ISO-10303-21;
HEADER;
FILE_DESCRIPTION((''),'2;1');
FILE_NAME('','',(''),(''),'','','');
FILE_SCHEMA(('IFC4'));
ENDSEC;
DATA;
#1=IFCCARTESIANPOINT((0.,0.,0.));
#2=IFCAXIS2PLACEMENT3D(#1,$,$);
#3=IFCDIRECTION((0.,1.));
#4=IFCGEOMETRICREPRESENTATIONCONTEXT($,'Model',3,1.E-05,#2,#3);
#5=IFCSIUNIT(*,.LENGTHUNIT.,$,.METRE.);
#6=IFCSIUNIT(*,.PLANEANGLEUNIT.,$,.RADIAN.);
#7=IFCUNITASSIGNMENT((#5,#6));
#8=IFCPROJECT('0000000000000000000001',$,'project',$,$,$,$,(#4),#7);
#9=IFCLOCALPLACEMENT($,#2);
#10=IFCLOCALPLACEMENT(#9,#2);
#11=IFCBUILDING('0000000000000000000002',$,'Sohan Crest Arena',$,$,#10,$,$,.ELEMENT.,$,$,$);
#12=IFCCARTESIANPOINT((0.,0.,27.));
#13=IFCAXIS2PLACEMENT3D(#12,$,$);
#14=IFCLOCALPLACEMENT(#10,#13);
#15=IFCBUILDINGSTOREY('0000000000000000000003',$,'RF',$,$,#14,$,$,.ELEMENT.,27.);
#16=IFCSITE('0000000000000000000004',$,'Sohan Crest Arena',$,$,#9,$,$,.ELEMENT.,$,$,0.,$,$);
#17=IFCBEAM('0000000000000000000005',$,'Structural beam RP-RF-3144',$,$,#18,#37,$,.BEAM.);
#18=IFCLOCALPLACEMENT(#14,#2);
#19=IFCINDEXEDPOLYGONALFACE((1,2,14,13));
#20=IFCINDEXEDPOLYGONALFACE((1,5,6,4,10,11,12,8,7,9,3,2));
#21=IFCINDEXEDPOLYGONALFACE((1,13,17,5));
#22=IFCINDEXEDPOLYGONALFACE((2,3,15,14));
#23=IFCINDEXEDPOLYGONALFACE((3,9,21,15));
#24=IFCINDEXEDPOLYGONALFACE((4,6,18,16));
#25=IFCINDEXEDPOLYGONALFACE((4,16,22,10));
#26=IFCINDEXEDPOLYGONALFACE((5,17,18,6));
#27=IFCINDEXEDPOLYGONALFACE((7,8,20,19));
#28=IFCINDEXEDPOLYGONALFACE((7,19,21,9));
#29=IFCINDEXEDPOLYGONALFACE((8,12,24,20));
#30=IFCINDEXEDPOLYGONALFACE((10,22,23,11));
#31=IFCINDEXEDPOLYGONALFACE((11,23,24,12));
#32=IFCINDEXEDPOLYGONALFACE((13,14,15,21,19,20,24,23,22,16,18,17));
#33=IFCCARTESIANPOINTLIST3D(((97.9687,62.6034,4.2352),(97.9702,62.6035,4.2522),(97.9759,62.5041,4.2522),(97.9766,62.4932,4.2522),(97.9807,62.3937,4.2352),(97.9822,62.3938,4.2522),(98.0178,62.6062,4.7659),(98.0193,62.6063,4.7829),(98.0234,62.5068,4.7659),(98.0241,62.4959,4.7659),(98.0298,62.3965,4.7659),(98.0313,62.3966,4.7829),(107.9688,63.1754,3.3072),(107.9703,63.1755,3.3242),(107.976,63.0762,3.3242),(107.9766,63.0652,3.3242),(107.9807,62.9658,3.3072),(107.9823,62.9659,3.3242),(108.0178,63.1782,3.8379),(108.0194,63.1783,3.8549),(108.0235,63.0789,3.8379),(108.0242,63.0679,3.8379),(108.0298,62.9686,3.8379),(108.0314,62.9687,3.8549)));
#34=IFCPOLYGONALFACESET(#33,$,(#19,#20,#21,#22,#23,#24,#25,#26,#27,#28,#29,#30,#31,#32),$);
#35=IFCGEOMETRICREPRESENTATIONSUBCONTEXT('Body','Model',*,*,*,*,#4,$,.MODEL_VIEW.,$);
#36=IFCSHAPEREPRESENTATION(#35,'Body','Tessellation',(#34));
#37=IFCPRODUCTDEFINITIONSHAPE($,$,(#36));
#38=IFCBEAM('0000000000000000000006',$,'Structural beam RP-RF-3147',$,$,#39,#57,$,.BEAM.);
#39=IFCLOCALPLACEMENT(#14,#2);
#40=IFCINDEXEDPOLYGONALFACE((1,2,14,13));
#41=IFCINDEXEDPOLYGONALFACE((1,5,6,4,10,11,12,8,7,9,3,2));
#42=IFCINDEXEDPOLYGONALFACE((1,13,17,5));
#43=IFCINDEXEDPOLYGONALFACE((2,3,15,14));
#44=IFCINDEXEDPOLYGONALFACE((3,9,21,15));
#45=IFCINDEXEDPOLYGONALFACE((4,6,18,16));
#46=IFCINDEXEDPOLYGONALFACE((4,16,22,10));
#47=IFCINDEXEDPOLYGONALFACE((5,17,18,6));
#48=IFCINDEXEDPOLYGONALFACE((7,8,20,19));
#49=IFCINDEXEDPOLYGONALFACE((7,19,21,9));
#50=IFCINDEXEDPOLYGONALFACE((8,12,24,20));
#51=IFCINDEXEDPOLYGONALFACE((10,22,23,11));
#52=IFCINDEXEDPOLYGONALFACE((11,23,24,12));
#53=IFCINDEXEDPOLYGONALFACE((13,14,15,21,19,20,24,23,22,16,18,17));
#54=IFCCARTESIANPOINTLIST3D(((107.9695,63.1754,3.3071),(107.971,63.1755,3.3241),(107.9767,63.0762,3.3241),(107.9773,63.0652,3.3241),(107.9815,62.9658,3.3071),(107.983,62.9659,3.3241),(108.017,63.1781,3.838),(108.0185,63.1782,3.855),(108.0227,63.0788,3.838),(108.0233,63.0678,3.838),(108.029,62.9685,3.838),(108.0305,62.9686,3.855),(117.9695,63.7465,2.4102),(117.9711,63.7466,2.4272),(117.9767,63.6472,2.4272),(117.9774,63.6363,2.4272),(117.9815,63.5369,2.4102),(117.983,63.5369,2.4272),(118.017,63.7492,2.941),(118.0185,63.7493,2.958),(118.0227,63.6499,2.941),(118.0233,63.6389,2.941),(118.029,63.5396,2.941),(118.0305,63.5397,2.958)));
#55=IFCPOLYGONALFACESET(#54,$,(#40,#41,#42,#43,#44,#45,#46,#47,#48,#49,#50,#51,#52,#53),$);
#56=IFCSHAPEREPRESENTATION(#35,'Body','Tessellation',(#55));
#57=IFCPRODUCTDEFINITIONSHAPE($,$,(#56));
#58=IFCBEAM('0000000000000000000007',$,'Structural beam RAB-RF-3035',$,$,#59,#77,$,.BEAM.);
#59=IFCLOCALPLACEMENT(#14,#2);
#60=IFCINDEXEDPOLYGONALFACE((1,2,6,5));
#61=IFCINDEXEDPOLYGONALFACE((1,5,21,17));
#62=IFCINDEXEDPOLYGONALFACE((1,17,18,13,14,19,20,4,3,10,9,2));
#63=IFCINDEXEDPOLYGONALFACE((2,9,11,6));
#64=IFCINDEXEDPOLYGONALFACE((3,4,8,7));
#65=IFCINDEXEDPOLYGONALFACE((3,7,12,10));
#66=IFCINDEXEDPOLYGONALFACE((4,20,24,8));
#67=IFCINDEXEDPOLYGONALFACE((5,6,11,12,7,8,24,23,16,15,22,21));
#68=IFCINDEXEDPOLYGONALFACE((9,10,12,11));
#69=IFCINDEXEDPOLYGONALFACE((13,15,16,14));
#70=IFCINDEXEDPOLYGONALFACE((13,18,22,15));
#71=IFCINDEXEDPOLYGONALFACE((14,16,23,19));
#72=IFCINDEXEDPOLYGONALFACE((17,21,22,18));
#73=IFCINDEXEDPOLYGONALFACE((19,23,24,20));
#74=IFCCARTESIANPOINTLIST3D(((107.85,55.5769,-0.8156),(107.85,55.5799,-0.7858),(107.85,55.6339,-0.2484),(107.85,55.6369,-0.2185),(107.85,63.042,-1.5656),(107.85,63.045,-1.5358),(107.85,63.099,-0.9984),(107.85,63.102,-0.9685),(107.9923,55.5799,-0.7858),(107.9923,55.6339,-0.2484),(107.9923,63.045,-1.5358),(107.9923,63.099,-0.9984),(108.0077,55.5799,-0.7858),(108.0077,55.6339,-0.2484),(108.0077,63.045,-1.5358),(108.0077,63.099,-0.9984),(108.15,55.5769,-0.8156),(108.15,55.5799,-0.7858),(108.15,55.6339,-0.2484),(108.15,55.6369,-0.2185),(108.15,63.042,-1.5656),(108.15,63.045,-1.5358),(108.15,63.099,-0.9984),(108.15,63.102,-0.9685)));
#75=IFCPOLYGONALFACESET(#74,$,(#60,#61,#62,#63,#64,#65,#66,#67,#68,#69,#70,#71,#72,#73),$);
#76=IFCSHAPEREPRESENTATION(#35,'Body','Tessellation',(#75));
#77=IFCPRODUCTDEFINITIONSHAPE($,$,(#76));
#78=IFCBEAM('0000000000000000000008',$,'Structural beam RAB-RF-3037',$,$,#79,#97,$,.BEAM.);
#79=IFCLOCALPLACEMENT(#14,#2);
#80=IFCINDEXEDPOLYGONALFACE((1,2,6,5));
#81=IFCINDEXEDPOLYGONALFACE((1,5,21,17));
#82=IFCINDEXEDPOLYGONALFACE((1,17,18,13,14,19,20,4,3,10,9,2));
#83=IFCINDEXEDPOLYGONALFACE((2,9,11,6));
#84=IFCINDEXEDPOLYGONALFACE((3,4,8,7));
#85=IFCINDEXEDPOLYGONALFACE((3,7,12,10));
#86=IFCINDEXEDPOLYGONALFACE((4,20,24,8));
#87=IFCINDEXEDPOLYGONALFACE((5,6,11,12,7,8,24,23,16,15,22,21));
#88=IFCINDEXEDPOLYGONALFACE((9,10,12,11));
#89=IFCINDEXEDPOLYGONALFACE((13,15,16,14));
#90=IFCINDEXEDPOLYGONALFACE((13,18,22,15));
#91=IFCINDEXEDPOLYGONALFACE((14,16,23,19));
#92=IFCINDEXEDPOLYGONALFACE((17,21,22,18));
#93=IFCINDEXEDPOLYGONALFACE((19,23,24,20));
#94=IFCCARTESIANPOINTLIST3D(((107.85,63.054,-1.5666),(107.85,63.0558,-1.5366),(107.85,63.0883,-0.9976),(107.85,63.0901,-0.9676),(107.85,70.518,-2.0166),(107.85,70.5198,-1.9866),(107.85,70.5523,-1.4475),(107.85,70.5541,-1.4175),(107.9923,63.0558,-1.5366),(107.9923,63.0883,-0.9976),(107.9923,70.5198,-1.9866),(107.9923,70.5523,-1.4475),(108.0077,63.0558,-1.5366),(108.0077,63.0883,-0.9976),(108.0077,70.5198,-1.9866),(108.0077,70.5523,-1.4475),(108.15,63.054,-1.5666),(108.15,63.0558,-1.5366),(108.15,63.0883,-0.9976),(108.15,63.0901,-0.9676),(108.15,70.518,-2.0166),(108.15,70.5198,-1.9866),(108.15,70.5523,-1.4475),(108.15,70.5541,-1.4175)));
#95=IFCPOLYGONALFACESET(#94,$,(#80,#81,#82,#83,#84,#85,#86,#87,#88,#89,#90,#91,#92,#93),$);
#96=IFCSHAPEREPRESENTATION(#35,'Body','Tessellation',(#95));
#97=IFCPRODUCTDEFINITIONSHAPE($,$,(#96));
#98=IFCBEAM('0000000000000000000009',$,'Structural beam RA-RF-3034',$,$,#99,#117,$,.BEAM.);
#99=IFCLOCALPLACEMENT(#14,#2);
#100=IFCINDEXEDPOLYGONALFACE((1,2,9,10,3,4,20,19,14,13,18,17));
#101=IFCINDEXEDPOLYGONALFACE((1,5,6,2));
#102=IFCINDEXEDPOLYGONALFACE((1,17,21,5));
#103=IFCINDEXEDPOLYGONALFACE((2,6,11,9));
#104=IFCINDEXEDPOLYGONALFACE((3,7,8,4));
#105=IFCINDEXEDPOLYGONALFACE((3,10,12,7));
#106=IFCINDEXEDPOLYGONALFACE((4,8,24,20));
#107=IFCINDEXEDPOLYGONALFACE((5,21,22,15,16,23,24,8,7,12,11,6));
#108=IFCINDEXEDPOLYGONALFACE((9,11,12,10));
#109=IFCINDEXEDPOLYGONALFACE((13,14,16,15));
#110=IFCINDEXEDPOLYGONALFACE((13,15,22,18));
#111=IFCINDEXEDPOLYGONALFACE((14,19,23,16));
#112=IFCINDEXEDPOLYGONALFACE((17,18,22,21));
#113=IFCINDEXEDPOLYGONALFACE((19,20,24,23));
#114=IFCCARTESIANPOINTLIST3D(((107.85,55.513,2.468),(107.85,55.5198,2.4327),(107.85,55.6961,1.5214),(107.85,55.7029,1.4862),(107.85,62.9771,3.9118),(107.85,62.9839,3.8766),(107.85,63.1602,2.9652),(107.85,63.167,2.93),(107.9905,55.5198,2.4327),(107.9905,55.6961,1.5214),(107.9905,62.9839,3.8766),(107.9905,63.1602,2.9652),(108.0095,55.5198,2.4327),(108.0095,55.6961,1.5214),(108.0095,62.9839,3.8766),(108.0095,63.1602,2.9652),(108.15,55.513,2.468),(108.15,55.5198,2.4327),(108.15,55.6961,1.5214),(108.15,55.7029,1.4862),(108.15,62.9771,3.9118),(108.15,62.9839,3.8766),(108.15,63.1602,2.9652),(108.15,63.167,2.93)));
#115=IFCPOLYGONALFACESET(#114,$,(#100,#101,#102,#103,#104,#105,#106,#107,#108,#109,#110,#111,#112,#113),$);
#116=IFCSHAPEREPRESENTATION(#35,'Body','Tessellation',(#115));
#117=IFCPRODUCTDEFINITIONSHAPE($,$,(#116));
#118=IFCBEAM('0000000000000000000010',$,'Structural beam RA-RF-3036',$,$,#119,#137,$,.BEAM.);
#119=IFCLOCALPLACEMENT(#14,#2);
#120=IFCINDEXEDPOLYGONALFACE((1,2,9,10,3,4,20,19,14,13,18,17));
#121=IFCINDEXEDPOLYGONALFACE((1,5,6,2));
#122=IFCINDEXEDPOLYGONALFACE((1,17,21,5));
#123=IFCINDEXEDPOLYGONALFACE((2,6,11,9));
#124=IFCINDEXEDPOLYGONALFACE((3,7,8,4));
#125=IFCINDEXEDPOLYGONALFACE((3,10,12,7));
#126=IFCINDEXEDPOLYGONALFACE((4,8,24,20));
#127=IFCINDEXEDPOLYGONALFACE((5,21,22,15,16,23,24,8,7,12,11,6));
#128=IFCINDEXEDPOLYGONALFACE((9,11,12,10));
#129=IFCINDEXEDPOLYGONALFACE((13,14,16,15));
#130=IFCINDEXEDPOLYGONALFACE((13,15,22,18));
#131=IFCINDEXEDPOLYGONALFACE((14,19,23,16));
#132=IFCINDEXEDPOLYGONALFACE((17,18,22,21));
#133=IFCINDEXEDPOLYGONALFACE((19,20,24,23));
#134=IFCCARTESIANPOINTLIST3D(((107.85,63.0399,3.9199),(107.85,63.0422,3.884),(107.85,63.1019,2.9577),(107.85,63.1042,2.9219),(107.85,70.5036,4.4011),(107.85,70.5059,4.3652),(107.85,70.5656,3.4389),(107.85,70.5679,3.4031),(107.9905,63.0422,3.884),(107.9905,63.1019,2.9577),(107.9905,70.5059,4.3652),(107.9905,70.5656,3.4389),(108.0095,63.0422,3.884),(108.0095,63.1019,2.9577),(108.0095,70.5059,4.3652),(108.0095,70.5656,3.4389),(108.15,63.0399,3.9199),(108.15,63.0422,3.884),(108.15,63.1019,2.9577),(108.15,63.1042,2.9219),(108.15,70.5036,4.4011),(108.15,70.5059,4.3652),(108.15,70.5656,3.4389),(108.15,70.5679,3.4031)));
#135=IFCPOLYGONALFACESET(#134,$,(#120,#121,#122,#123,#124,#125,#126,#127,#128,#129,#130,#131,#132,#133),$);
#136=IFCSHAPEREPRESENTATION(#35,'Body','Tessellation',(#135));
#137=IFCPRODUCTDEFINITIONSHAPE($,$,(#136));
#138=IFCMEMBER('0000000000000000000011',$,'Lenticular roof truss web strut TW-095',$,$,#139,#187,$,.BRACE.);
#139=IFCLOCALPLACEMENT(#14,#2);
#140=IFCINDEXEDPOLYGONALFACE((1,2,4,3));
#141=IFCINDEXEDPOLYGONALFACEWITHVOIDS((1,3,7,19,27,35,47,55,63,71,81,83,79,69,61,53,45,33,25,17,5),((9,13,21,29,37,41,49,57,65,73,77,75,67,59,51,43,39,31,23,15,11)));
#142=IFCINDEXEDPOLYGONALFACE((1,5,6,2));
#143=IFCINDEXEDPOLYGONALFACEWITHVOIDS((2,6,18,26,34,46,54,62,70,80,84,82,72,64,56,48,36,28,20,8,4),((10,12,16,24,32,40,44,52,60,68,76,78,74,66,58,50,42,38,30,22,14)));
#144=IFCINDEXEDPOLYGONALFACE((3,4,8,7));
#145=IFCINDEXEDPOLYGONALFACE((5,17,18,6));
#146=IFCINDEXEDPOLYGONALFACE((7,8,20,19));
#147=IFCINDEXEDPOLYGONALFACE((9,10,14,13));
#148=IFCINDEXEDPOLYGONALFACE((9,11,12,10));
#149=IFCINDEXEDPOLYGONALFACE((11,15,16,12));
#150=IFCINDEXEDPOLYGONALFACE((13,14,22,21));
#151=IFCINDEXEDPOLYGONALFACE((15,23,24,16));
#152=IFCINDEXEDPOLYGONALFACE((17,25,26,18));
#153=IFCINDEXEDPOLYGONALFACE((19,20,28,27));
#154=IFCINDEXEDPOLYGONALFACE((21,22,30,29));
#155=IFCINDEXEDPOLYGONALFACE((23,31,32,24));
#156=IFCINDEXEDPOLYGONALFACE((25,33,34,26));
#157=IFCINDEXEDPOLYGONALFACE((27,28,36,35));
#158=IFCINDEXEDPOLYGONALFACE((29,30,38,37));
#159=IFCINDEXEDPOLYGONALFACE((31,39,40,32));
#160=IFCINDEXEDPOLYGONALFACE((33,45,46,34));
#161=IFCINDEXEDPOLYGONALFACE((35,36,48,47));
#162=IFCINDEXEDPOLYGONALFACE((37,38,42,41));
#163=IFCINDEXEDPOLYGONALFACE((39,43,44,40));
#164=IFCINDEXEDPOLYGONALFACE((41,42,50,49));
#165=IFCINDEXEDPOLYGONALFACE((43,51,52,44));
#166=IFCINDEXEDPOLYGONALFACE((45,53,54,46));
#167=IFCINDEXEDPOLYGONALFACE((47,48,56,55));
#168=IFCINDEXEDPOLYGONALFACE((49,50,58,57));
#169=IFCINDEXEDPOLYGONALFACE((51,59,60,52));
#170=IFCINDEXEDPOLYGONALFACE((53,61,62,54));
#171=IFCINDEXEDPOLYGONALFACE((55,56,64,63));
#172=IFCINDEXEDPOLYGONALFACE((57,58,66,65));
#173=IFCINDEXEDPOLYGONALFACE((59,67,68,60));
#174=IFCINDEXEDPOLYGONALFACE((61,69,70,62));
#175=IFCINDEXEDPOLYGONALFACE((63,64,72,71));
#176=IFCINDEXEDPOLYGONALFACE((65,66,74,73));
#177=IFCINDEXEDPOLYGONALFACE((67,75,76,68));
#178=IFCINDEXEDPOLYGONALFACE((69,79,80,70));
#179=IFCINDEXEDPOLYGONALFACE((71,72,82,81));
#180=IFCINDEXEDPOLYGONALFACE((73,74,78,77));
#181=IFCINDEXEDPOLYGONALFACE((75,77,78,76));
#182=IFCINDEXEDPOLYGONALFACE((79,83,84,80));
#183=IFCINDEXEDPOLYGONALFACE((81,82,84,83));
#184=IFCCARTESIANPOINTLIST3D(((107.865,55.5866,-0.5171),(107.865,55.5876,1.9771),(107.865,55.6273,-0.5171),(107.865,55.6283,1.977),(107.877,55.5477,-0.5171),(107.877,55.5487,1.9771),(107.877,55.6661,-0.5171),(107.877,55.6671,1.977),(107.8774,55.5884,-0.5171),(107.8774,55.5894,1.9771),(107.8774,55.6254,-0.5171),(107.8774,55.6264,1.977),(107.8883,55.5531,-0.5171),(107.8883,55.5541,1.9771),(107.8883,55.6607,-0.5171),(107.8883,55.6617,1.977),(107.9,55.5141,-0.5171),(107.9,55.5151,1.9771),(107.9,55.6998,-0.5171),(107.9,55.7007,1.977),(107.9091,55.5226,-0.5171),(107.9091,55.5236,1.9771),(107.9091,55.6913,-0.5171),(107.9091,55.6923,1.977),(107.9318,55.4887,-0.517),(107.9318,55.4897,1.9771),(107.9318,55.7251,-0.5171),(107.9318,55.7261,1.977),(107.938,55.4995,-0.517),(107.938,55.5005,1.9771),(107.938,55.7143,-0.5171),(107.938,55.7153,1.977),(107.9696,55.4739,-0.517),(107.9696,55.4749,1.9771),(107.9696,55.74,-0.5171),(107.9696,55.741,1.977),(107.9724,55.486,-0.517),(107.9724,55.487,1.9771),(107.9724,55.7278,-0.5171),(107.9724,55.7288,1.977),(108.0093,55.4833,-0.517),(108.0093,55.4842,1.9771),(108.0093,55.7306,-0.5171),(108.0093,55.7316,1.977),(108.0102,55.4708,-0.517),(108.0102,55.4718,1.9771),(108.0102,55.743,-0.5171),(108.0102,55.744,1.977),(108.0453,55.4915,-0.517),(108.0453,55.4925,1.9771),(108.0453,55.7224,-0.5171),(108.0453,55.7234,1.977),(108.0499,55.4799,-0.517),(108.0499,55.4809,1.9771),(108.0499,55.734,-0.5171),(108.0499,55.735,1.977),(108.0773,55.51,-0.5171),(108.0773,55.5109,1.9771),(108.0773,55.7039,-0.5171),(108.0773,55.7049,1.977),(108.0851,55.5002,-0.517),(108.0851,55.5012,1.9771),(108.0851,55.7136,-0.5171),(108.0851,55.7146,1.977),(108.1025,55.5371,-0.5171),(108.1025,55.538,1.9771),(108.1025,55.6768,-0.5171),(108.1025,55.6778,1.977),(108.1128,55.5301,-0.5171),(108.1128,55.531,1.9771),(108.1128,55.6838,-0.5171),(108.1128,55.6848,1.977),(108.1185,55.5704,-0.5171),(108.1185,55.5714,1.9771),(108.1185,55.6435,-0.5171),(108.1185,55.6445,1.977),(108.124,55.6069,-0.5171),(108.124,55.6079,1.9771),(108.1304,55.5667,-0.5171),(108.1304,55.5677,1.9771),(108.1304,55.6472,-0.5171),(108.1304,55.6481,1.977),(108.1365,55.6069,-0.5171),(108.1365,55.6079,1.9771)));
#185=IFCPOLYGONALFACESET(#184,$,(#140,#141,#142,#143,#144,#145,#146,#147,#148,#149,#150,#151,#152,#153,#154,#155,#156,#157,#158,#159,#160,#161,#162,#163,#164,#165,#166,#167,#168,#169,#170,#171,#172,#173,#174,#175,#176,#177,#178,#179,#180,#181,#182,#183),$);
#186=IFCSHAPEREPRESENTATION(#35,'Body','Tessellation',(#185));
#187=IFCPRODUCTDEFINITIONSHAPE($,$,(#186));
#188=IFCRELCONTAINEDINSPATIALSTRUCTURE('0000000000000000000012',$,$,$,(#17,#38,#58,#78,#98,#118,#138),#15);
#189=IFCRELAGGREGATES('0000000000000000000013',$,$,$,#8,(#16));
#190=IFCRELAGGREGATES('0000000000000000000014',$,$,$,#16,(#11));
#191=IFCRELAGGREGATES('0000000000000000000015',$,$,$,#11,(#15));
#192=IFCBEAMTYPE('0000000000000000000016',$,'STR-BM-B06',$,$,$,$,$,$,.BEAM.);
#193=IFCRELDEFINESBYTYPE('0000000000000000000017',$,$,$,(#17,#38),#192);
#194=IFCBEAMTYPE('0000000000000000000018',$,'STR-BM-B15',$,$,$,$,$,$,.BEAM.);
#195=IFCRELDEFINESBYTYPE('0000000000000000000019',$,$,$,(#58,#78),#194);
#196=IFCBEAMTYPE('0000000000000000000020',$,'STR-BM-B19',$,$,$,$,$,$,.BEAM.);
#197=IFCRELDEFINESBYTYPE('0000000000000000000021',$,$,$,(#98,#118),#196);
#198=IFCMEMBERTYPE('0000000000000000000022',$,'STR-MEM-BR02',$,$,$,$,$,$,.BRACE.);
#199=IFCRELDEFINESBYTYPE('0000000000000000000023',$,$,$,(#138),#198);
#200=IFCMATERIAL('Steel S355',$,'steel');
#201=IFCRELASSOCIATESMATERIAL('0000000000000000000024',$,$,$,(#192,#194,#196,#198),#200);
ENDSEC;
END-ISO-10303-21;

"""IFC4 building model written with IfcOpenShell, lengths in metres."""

from ifc_helpers import new_model, si_unit, direction, frame, origin, origin_2d, place, context, subcontext, project, spatial, hollow_circle, i_section, extrude, material, material_profile, profile_set, type_object, element, save


model = new_model("IFC4")

# Units and contexts
model_context = context("Model", 3, precision=1e-05, world=origin(), true_north=direction((0.0, 1.0)))
body_context = subcontext(model_context, "Body", "Model", "MODEL_VIEW")
ifc_project = project(units=[si_unit("LENGTHUNIT", "METRE"), si_unit("PLANEANGLEUNIT", "RADIAN")], contexts=[model_context])

# Site, building, storey
site_placement = place(None, origin())
site = spatial("IfcSite", under=ifc_project, at=site_placement, Name="Sohan Crest Arena", CompositionType="ELEMENT", RefElevation=0.0)
building_placement = place(site_placement, origin())
building = spatial("IfcBuilding", under=site, at=building_placement, Name="Sohan Crest Arena", CompositionType="ELEMENT")
storey_placement = place(building_placement, frame((0.0, 0.0, 27.0)))
storey = spatial("IfcBuildingStorey", under=building, at=storey_placement, Name="RF", CompositionType="ELEMENT", Elevation=27.0)

# Beams
ifc_material_1 = material(Name="Steel S355", Category="steel")
ifc_material_profile_1 = material_profile(ifc_material_1, i_section(OverallWidth=0.21, OverallDepth=0.55, WebThickness=0.011, FlangeThickness=0.0171, at=origin_2d()), Name="IPE 550")
ifc_profile_set_1 = profile_set([ifc_material_profile_1], Name="Steel S355")
beam_type_1 = type_object("IfcBeamType", Name="STR-BM-B06", PredefinedType="BEAM", material=ifc_profile_set_1)
beam_1_placement = place(storey_placement, frame((98.0, 62.5, 4.509), z_axis=(0.994111, 0.056865, -0.092251), x_axis=(-0.057109, 0.998368, 0.0)))
element("IfcBeam", 1, at=beam_1_placement, inside=storey, type_object=beam_type_1, Name="Structural beam RP-RF-3144", PredefinedType="BEAM", context=body_context, shape_type="SweptSolid", body=[
    extrude(i_section(OverallWidth=0.21, OverallDepth=0.55, WebThickness=0.011, FlangeThickness=0.0171, at=origin_2d()), origin(), (0.0, 0.0, 1.0), 10.0593),
])
beam_2_placement = place(storey_placement, frame((108.0, 63.072, 3.5811), z_axis=(0.994394, 0.056784, -0.089194), x_axis=(-0.057012, 0.998374, 0.0)))
element("IfcBeam", 2, at=beam_2_placement, inside=storey, type_object=beam_type_1, Name="Structural beam RP-RF-3147", PredefinedType="BEAM", context=body_context, shape_type="SweptSolid", body=[
    extrude(i_section(OverallWidth=0.21, OverallDepth=0.55, WebThickness=0.011, FlangeThickness=0.0171, at=origin_2d()), origin(), (0.0, 0.0, 1.0), 10.0564),
])
ifc_material_profile_2 = material_profile(ifc_material_1, i_section(OverallWidth=0.3, OverallDepth=0.6001, WebThickness=0.0154, FlangeThickness=0.03, at=origin_2d()), Name="HEB 600")
ifc_profile_set_2 = profile_set([ifc_material_profile_2], Name="Steel S355")
beam_type_2 = type_object("IfcBeamType", Name="STR-BM-B15", PredefinedType="BEAM", material=ifc_profile_set_2)
beam_3_placement = place(storey_placement, frame((108.0, 55.6069, -0.5171), z_axis=(0.0, 0.994991, -0.099964), x_axis=(-1.0, 0.0, 0.0)))
element("IfcBeam", 3, at=beam_3_placement, inside=storey, type_object=beam_type_2, Name="Structural beam RAB-RF-3035", PredefinedType="BEAM", context=body_context, shape_type="SweptSolid", body=[
    extrude(i_section(OverallWidth=0.3, OverallDepth=0.6001, WebThickness=0.0154, FlangeThickness=0.03, at=origin_2d()), origin(), (0.0, 0.0, 1.0), 7.5027),
])
beam_4_placement = place(storey_placement, frame((108.0, 63.072, -1.2671), z_axis=(0.0, 0.998188, -0.060175), x_axis=(-1.0, 0.0, 0.0)))
element("IfcBeam", 4, at=beam_4_placement, inside=storey, type_object=beam_type_2, Name="Structural beam RAB-RF-3037", PredefinedType="BEAM", context=body_context, shape_type="SweptSolid", body=[
    extrude(i_section(OverallWidth=0.3, OverallDepth=0.6001, WebThickness=0.0154, FlangeThickness=0.03, at=origin_2d()), origin(), (0.0, 0.0, 1.0), 7.4775),
])
ifc_material_profile_3 = material_profile(ifc_material_1, i_section(OverallWidth=0.3, OverallDepth=1.0, WebThickness=0.019, FlangeThickness=0.0359, at=origin_2d()), Name="HEB 1000")
ifc_profile_set_3 = profile_set([ifc_material_profile_3], Name="Steel S355")
beam_type_3 = type_object("IfcBeamType", Name="STR-BM-B19", PredefinedType="BEAM", material=ifc_profile_set_3)
beam_5_placement = place(storey_placement, frame((108.0, 55.6079, 1.9771), z_axis=(0.0, 0.9818, 0.189918), x_axis=(-1.0, 0.0, 0.0)))
element("IfcBeam", 5, at=beam_5_placement, inside=storey, type_object=beam_type_3, Name="Structural beam RA-RF-3034", PredefinedType="BEAM", context=body_context, shape_type="SweptSolid", body=[
    extrude(i_section(OverallWidth=0.3, OverallDepth=1.0, WebThickness=0.019, FlangeThickness=0.0359, at=origin_2d()), origin(), (0.0, 0.0, 1.0), 7.6025),
])
beam_6_placement = place(storey_placement, frame((108.0, 63.072, 3.4209), z_axis=(0.0, 0.997928, 0.064337), x_axis=(-1.0, 0.0, 0.0)))
element("IfcBeam", 6, at=beam_6_placement, inside=storey, type_object=beam_type_3, Name="Structural beam RA-RF-3036", PredefinedType="BEAM", context=body_context, shape_type="SweptSolid", body=[
    extrude(i_section(OverallWidth=0.3, OverallDepth=1.0, WebThickness=0.019, FlangeThickness=0.0359, at=origin_2d()), origin(), (0.0, 0.0, 1.0), 7.4792),
])

# Member
ifc_material_profile_4 = material_profile(ifc_material_1, hollow_circle(Radius=0.1365, WallThickness=0.0125, at=origin_2d()), Name="CHS 273x12.5")
ifc_profile_set_4 = profile_set([ifc_material_profile_4], Name="Steel S355")
member_type_1 = type_object("IfcMemberType", Name="STR-MEM-BR02", PredefinedType="BRACE", material=ifc_profile_set_4)
member_1_placement = place(storey_placement, frame((108.0, 55.6069, -0.5171), z_axis=(0.0, 0.000392, 1.0), x_axis=(1.0, 0.0, 0.0)))
element("IfcMember", 7, at=member_1_placement, inside=storey, type_object=member_type_1, Name="Lenticular roof truss web strut TW-095", PredefinedType="BRACE", context=body_context, shape_type="SweptSolid", body=[
    extrude(hollow_circle(Radius=0.1365, WallThickness=0.0125, at=origin_2d()), origin(), (0.0, 0.0, 1.0), 2.4941),
])

save(model, "model.ifc")
